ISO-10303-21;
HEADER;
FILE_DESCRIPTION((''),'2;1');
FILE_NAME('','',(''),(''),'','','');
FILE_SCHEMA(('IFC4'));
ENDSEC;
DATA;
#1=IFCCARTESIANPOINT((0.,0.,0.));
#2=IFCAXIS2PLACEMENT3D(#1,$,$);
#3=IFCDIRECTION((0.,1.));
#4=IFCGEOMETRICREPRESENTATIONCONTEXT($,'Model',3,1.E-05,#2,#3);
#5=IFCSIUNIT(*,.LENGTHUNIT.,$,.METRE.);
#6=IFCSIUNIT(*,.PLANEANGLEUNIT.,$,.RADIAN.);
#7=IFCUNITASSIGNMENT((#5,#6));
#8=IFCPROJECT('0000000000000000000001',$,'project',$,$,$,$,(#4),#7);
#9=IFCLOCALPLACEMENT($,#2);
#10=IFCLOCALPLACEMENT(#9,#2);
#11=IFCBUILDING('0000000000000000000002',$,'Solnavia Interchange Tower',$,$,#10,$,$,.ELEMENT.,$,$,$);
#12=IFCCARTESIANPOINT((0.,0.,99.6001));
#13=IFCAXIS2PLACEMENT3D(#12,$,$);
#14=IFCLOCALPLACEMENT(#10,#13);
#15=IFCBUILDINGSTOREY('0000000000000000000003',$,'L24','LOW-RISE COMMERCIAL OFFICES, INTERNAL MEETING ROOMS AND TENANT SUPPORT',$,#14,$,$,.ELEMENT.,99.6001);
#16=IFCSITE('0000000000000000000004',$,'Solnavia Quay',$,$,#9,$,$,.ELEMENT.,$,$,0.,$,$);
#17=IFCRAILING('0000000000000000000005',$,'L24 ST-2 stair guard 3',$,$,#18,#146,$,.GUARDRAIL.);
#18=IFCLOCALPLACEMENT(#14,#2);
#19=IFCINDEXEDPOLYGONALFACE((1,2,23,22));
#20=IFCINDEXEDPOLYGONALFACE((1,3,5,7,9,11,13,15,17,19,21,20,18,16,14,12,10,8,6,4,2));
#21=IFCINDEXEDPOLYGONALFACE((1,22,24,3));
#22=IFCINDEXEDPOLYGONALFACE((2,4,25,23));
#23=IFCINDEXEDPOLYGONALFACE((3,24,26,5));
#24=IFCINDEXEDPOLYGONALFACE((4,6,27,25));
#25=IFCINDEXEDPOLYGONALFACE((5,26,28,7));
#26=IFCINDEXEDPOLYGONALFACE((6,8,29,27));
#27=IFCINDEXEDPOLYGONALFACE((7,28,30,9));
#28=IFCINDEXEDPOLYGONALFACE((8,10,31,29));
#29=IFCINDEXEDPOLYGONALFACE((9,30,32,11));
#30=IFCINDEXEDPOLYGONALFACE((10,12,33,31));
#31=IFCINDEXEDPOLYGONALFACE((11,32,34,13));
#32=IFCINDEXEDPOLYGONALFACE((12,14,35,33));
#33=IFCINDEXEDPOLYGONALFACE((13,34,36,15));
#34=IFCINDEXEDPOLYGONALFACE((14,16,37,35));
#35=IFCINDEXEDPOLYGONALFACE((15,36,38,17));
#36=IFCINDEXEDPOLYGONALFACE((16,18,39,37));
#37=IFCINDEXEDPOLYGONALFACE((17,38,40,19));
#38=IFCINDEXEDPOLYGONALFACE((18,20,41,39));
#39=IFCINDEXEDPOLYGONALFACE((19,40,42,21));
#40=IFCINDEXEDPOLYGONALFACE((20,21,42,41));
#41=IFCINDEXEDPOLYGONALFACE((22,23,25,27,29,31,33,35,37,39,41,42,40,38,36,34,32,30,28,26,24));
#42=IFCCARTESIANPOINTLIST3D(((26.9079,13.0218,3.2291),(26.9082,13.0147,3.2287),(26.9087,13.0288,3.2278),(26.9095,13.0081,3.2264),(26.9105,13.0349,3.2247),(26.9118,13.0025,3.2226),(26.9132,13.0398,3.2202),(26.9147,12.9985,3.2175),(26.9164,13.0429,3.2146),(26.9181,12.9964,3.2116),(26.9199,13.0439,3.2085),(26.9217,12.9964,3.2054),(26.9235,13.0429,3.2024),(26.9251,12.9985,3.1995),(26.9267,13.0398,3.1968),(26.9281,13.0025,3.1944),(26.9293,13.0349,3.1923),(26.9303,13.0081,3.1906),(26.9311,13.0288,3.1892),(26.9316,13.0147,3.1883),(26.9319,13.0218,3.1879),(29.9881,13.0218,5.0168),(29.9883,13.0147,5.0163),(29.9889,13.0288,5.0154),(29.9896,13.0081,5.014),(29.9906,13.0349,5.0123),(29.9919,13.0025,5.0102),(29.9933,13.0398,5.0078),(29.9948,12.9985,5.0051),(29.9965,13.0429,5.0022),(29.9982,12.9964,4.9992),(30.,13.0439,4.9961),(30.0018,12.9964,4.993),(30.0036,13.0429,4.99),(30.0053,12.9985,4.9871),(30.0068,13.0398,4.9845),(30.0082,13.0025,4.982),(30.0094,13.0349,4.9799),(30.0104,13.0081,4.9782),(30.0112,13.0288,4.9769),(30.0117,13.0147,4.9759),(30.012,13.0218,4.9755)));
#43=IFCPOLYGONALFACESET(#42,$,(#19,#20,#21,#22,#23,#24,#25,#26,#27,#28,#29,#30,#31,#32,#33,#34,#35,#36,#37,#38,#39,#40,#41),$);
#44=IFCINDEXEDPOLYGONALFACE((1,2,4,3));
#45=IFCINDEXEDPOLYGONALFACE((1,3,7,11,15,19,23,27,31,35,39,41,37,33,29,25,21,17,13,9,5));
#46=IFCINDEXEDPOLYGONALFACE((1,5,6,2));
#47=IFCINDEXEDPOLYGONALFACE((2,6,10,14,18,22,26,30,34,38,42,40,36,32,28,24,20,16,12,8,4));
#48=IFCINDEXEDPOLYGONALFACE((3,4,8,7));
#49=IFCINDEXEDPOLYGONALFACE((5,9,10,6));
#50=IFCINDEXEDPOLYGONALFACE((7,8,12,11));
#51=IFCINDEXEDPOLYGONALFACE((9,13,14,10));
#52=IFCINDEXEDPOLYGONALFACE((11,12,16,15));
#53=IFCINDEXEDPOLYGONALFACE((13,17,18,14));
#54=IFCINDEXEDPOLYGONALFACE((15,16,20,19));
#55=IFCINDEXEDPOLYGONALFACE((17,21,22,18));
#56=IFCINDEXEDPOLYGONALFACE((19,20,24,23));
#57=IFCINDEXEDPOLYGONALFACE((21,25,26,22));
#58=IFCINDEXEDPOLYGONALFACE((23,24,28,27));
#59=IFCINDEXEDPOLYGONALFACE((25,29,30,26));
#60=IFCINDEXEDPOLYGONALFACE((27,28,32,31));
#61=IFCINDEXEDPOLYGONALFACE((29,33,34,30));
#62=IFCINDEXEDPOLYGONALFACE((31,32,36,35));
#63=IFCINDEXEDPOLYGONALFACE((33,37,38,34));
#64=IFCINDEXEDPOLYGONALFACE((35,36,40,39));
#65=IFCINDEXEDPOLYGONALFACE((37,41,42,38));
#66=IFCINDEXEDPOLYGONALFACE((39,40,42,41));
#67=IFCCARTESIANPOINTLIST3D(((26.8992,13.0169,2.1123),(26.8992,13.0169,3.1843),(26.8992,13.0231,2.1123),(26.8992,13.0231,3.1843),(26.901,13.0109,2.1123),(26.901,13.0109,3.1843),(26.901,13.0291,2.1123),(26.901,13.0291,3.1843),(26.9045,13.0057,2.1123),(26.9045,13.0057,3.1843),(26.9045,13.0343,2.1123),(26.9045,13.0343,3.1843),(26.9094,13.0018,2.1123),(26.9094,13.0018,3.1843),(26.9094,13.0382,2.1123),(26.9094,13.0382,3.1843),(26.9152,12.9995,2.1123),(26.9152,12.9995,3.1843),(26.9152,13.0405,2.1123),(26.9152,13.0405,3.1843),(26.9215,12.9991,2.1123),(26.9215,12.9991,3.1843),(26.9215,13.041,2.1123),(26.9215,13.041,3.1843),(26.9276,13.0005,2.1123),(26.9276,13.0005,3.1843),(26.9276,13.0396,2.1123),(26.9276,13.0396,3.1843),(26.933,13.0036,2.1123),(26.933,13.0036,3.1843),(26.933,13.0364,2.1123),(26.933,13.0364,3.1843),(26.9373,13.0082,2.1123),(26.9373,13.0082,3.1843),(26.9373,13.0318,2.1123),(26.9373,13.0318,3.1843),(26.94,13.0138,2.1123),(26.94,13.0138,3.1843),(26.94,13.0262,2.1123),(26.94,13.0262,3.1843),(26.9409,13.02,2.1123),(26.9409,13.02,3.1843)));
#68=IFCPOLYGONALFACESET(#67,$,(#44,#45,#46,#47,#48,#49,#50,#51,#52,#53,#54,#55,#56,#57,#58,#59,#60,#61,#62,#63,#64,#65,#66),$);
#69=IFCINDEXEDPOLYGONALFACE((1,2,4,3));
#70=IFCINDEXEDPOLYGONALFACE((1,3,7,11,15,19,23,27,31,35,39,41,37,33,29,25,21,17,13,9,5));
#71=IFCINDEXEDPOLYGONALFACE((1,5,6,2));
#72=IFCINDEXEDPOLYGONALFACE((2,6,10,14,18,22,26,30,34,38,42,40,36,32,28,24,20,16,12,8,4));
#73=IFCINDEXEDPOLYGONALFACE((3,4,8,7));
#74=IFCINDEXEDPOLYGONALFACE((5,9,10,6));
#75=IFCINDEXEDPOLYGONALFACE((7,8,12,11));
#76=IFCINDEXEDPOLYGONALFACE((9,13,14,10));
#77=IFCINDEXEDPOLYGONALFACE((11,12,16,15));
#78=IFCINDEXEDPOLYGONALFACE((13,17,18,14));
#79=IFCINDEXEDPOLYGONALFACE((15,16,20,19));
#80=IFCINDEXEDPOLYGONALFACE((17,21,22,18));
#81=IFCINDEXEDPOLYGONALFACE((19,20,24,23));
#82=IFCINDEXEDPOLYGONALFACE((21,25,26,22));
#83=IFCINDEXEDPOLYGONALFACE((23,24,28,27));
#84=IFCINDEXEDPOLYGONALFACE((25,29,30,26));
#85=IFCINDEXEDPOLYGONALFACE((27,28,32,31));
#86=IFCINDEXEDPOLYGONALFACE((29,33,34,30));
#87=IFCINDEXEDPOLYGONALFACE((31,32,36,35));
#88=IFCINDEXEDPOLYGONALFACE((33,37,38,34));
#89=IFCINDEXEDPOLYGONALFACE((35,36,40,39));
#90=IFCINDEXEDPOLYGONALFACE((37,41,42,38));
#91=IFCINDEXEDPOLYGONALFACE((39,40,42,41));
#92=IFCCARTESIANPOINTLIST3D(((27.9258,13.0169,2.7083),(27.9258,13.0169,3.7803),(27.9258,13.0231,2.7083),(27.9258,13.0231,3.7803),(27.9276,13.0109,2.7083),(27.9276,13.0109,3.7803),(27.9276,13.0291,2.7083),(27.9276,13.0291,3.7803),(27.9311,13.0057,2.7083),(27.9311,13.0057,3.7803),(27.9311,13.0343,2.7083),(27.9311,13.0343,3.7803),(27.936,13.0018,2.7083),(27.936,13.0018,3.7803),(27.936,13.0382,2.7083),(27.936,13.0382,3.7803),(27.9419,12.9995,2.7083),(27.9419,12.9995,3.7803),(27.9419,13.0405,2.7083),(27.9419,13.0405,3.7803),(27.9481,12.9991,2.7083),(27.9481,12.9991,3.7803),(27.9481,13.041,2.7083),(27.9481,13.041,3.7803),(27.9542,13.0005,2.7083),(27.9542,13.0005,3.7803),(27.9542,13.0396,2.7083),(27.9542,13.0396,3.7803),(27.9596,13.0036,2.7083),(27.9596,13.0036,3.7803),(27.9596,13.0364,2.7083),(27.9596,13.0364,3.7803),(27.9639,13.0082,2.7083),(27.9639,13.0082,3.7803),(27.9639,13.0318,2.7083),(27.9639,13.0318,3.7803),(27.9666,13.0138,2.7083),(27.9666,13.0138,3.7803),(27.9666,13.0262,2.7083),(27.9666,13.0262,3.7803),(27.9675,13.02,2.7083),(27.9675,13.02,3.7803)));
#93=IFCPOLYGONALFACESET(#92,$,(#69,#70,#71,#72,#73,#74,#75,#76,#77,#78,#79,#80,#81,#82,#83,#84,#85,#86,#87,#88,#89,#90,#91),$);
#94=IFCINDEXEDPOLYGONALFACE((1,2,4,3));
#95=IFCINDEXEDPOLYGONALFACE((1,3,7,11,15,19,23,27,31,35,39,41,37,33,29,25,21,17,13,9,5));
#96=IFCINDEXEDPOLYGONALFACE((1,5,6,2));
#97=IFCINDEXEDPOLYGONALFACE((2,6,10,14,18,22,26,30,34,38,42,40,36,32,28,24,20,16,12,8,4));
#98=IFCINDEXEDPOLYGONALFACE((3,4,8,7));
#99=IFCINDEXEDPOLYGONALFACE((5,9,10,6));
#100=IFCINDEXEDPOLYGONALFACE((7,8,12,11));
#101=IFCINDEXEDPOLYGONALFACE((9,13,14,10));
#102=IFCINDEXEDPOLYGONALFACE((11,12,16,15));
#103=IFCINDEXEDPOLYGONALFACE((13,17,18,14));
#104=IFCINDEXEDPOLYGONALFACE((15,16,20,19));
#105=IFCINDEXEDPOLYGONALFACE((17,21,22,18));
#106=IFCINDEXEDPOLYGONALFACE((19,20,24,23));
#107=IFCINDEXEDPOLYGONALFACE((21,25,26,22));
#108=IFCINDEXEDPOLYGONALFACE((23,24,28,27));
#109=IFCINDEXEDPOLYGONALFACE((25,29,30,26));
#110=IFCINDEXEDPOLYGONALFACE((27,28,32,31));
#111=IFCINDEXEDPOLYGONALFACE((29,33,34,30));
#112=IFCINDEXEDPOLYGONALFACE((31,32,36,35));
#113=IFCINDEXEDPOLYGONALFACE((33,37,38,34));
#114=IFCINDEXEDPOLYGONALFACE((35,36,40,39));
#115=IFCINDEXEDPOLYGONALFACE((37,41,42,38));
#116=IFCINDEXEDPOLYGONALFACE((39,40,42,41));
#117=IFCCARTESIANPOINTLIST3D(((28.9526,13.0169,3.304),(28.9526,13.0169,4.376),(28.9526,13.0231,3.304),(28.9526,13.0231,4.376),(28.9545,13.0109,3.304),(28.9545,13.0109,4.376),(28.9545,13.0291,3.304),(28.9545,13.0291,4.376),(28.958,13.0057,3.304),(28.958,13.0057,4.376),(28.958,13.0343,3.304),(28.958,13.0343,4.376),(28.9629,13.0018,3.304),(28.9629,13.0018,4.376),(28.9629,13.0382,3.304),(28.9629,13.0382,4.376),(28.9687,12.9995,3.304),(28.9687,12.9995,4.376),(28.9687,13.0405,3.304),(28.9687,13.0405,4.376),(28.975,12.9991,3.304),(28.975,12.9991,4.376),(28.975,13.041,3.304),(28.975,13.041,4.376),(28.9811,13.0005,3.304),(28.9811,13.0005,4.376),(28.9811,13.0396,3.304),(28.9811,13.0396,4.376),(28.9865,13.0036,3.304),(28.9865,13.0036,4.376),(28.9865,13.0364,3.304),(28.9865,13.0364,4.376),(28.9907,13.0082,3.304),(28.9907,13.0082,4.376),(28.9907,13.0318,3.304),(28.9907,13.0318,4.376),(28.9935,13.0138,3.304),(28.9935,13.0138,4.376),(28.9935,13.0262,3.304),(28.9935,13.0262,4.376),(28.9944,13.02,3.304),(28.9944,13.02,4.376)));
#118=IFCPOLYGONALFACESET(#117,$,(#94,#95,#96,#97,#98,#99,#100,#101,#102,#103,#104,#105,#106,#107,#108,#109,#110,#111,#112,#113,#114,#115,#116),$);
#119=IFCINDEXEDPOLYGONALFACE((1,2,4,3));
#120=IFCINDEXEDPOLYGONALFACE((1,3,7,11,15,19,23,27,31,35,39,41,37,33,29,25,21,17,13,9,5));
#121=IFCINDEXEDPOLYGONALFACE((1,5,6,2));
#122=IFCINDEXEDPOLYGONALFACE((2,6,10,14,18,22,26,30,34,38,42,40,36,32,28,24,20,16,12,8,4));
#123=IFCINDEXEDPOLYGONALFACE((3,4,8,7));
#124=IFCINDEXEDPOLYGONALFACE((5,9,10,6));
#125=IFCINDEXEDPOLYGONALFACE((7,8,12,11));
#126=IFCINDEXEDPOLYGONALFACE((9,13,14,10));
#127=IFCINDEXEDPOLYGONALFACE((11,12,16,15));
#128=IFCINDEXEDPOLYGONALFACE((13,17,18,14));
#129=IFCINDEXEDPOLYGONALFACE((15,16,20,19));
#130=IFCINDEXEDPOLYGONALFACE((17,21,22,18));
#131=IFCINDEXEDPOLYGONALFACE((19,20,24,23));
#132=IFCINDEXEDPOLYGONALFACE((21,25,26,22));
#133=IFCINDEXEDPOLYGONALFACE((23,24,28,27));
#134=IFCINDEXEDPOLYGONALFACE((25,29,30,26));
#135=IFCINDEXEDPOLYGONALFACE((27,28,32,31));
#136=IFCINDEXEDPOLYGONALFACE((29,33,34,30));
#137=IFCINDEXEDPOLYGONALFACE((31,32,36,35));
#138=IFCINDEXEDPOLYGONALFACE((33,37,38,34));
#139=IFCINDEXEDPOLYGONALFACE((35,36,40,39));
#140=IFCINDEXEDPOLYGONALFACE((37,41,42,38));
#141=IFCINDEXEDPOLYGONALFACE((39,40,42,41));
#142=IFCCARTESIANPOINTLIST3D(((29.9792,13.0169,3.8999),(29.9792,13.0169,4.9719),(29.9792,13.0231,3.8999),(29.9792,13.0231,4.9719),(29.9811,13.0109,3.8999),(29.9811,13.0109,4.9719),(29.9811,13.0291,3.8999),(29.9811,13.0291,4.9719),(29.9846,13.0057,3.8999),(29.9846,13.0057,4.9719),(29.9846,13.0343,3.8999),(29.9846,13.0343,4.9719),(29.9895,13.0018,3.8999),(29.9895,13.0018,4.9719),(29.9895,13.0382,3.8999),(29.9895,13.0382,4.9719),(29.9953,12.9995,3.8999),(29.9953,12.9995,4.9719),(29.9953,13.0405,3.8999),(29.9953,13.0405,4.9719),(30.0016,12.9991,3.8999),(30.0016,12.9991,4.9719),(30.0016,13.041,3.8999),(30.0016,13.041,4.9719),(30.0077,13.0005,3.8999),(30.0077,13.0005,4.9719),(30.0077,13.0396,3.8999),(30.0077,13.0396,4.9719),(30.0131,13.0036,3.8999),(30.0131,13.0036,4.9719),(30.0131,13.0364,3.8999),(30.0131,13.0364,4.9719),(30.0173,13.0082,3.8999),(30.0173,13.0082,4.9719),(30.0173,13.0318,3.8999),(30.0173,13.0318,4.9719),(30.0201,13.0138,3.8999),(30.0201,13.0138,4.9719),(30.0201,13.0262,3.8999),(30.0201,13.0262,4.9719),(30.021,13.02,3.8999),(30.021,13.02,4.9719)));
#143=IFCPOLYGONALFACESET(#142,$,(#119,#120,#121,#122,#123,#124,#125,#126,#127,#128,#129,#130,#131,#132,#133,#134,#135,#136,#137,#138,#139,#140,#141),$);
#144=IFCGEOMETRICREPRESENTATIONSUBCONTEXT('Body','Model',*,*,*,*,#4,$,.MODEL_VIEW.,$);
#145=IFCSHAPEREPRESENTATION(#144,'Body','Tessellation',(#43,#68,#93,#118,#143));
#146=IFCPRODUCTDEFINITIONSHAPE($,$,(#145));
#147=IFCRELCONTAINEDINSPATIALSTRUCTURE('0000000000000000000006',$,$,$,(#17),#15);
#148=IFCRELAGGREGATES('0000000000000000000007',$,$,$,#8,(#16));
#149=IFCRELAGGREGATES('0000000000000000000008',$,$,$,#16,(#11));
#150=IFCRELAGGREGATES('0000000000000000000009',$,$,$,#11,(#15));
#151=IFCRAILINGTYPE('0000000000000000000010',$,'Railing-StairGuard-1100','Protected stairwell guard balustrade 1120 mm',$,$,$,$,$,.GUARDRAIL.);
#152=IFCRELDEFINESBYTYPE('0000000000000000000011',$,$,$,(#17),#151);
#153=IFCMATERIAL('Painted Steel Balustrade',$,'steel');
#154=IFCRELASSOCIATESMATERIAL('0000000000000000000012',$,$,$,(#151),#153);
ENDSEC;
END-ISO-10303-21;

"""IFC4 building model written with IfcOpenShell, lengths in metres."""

from ifc_helpers import new_model, si_unit, direction, frame, origin, origin_2d, place, context, subcontext, project, spatial, circle, extrude, material, type_object, element, save


model = new_model("IFC4")

# Units and contexts
model_context = context("Model", 3, precision=1e-05, world=origin(), true_north=direction((0.0, 1.0)))
body_context = subcontext(model_context, "Body", "Model", "MODEL_VIEW")
ifc_project = project(units=[si_unit("LENGTHUNIT", "METRE"), si_unit("PLANEANGLEUNIT", "RADIAN")], contexts=[model_context])

# Site, building, storey
site_placement = place(None, origin())
site = spatial("IfcSite", under=ifc_project, at=site_placement, Name="Solnavia Quay", CompositionType="ELEMENT", RefElevation=0.0)
building_placement = place(site_placement, origin())
building = spatial("IfcBuilding", under=site, at=building_placement, Name="Solnavia Interchange Tower", CompositionType="ELEMENT")
storey_placement = place(building_placement, frame((0.0, 0.0, 99.6001)))
storey = spatial("IfcBuildingStorey", under=building, at=storey_placement, Name="L24", Description="LOW-RISE COMMERCIAL OFFICES, INTERNAL MEETING ROOMS AND TENANT SUPPORT", CompositionType="ELEMENT", Elevation=99.6001)

# Railing
ifc_material_1 = material(Name="Painted Steel Balustrade", Category="steel")
railing_type_1 = type_object("IfcRailingType", Name="Railing-StairGuard-1100", Description="Protected stairwell guard balustrade 1120 mm", PredefinedType="GUARDRAIL", material=ifc_material_1)
railing_1_placement = place(storey_placement, frame((26.9199, 13.02, 2.1123)))
element("IfcRailing", 1, at=railing_1_placement, inside=storey, type_object=railing_type_1, Name="L24 ST-2 stair guard 3", PredefinedType="GUARDRAIL", context=body_context, shape_type="SweptSolid", body=[
    extrude(circle(Radius=0.0239, at=origin_2d()), frame((0.0, 0.0, 1.0962), z_axis=(0.864891, 0.0, 0.50196), x_axis=(0.0, 1.0, 0.0)), (0.0, 0.0, 1.0), 3.5613),
    extrude(circle(Radius=0.021, at=origin_2d()), origin(), (0.0, 0.0, 1.0), 1.072),
    extrude(circle(Radius=0.021, at=origin_2d()), frame((1.0266, 0.0, 0.5959)), (0.0, 0.0, 1.0), 1.072),
    extrude(circle(Radius=0.021, at=origin_2d()), frame((2.0535, 0.0, 1.1917)), (0.0, 0.0, 1.0), 1.072),
    extrude(circle(Radius=0.021, at=origin_2d()), frame((3.0801, 0.0, 1.7876)), (0.0, 0.0, 1.0), 1.072),
])

save(model, "model.ifc")
